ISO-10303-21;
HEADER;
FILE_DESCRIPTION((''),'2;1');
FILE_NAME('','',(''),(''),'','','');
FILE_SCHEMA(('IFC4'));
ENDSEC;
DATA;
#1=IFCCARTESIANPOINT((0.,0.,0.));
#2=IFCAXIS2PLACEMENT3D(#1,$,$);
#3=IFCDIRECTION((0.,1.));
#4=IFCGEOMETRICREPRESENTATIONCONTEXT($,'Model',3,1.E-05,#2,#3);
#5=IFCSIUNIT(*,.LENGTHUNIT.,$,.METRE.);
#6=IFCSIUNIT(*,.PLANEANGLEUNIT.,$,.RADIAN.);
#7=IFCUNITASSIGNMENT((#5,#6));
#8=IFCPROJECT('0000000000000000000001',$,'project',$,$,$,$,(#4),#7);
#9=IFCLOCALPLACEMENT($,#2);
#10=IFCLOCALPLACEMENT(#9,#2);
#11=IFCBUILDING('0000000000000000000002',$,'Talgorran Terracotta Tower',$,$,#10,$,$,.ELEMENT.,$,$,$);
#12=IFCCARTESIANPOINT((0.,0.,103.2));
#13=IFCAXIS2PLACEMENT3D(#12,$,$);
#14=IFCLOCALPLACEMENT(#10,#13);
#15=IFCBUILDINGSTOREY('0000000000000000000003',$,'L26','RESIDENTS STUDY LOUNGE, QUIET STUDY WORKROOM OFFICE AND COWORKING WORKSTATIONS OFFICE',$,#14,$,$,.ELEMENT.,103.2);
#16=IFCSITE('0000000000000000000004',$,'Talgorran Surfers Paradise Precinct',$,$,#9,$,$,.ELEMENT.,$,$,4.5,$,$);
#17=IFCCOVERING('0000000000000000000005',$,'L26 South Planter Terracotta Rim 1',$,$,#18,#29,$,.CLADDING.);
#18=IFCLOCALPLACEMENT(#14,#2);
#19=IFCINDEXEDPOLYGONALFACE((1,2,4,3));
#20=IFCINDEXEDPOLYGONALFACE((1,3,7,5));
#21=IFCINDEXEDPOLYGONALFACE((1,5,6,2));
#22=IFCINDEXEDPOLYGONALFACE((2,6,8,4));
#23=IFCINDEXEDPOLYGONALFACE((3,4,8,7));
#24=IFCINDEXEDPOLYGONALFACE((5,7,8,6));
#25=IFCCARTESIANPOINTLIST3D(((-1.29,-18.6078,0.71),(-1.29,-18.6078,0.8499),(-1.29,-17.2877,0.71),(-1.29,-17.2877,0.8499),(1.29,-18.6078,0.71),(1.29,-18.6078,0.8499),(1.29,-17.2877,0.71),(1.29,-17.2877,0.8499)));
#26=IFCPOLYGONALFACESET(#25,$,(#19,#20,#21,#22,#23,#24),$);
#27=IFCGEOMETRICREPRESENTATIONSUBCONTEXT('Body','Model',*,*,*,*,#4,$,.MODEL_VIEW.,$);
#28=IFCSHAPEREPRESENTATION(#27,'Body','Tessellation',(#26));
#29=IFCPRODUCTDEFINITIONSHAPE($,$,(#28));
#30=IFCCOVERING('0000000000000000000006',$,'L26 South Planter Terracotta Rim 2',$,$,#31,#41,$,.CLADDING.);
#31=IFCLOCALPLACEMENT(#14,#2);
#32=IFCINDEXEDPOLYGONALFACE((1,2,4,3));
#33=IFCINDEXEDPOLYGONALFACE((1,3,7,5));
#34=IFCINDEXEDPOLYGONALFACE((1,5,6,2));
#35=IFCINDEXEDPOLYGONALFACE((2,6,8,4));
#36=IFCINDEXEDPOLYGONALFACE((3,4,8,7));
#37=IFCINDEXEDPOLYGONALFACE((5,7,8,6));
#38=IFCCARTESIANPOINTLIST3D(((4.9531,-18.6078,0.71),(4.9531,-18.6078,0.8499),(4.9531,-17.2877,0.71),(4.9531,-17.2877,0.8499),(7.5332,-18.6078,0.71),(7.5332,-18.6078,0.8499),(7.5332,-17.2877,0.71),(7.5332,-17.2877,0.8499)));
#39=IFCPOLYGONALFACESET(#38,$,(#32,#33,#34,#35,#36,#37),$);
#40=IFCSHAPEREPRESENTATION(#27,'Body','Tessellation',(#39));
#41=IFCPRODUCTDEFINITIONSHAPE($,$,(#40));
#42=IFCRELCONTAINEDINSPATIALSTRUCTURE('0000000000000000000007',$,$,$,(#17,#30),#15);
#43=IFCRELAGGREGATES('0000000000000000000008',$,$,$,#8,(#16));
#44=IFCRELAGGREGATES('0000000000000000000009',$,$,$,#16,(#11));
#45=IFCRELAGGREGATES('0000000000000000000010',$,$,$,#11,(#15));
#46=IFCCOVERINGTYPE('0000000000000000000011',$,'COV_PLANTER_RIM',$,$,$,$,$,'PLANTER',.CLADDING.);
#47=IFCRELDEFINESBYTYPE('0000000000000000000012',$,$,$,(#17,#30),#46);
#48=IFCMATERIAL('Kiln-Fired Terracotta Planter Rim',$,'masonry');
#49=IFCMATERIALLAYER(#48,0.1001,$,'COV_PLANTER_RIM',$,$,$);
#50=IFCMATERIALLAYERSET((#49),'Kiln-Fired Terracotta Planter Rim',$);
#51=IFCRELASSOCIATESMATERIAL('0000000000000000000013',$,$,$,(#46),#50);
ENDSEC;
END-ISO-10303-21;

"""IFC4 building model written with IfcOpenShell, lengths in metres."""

from ifc_helpers import new_model, si_unit, direction, frame, origin, origin_2d, place, context, subcontext, project, spatial, rectangle, extrude, material, layer, layer_set, type_object, element, save


model = new_model("IFC4")

# Units and contexts
model_context = context("Model", 3, precision=1e-05, world=origin(), true_north=direction((0.0, 1.0)))
body_context = subcontext(model_context, "Body", "Model", "MODEL_VIEW")
ifc_project = project(units=[si_unit("LENGTHUNIT", "METRE"), si_unit("PLANEANGLEUNIT", "RADIAN")], contexts=[model_context])

# Site, building, storey
site_placement = place(None, origin())
site = spatial("IfcSite", under=ifc_project, at=site_placement, Name="Talgorran Surfers Paradise Precinct", CompositionType="ELEMENT", RefElevation=4.5)
building_placement = place(site_placement, origin())
building = spatial("IfcBuilding", under=site, at=building_placement, Name="Talgorran Terracotta Tower", CompositionType="ELEMENT")
storey_placement = place(building_placement, frame((0.0, 0.0, 103.2)))
storey = spatial("IfcBuildingStorey", under=building, at=storey_placement, Name="L26", Description="RESIDENTS STUDY LOUNGE, QUIET STUDY WORKROOM OFFICE AND COWORKING WORKSTATIONS OFFICE", CompositionType="ELEMENT", Elevation=103.2)

# Coverings
ifc_material_1 = material(Name="Kiln-Fired Terracotta Planter Rim", Category="masonry")
ifc_layer_1 = layer(ifc_material_1, 0.1001, Name="COV_PLANTER_RIM")
ifc_layer_set_1 = layer_set([ifc_layer_1], Name="Kiln-Fired Terracotta Planter Rim")
covering_type_1 = type_object("IfcCoveringType", Name="COV_PLANTER_RIM", ElementType="PLANTER", PredefinedType="CLADDING", material=ifc_layer_set_1)
for number, where, z_axis, x_axis, name in (
    (1, (0.0, -17.9478, 0.71), (0.0, 0.0, 1.0), (1.0, 0.0, 0.0), "L26 South Planter Terracotta Rim 1"),
    (2, (6.2432, -17.9478, 0.71), (0.0, 0.0, 1.0), (1.0, 0.0, 0.0), "L26 South Planter Terracotta Rim 2"),
):
    element("IfcCovering", number, at=place(storey_placement, frame(where, z_axis=z_axis, x_axis=x_axis)), inside=storey, type_object=covering_type_1, Name=name, PredefinedType="CLADDING", context=body_context, shape_type="SweptSolid", body=[
        extrude(rectangle(XDim=2.5801, YDim=1.3201, at=origin_2d()), origin(), (0.0, 0.0, 1.0), 0.1399),
    ])

save(model, "model.ifc")
